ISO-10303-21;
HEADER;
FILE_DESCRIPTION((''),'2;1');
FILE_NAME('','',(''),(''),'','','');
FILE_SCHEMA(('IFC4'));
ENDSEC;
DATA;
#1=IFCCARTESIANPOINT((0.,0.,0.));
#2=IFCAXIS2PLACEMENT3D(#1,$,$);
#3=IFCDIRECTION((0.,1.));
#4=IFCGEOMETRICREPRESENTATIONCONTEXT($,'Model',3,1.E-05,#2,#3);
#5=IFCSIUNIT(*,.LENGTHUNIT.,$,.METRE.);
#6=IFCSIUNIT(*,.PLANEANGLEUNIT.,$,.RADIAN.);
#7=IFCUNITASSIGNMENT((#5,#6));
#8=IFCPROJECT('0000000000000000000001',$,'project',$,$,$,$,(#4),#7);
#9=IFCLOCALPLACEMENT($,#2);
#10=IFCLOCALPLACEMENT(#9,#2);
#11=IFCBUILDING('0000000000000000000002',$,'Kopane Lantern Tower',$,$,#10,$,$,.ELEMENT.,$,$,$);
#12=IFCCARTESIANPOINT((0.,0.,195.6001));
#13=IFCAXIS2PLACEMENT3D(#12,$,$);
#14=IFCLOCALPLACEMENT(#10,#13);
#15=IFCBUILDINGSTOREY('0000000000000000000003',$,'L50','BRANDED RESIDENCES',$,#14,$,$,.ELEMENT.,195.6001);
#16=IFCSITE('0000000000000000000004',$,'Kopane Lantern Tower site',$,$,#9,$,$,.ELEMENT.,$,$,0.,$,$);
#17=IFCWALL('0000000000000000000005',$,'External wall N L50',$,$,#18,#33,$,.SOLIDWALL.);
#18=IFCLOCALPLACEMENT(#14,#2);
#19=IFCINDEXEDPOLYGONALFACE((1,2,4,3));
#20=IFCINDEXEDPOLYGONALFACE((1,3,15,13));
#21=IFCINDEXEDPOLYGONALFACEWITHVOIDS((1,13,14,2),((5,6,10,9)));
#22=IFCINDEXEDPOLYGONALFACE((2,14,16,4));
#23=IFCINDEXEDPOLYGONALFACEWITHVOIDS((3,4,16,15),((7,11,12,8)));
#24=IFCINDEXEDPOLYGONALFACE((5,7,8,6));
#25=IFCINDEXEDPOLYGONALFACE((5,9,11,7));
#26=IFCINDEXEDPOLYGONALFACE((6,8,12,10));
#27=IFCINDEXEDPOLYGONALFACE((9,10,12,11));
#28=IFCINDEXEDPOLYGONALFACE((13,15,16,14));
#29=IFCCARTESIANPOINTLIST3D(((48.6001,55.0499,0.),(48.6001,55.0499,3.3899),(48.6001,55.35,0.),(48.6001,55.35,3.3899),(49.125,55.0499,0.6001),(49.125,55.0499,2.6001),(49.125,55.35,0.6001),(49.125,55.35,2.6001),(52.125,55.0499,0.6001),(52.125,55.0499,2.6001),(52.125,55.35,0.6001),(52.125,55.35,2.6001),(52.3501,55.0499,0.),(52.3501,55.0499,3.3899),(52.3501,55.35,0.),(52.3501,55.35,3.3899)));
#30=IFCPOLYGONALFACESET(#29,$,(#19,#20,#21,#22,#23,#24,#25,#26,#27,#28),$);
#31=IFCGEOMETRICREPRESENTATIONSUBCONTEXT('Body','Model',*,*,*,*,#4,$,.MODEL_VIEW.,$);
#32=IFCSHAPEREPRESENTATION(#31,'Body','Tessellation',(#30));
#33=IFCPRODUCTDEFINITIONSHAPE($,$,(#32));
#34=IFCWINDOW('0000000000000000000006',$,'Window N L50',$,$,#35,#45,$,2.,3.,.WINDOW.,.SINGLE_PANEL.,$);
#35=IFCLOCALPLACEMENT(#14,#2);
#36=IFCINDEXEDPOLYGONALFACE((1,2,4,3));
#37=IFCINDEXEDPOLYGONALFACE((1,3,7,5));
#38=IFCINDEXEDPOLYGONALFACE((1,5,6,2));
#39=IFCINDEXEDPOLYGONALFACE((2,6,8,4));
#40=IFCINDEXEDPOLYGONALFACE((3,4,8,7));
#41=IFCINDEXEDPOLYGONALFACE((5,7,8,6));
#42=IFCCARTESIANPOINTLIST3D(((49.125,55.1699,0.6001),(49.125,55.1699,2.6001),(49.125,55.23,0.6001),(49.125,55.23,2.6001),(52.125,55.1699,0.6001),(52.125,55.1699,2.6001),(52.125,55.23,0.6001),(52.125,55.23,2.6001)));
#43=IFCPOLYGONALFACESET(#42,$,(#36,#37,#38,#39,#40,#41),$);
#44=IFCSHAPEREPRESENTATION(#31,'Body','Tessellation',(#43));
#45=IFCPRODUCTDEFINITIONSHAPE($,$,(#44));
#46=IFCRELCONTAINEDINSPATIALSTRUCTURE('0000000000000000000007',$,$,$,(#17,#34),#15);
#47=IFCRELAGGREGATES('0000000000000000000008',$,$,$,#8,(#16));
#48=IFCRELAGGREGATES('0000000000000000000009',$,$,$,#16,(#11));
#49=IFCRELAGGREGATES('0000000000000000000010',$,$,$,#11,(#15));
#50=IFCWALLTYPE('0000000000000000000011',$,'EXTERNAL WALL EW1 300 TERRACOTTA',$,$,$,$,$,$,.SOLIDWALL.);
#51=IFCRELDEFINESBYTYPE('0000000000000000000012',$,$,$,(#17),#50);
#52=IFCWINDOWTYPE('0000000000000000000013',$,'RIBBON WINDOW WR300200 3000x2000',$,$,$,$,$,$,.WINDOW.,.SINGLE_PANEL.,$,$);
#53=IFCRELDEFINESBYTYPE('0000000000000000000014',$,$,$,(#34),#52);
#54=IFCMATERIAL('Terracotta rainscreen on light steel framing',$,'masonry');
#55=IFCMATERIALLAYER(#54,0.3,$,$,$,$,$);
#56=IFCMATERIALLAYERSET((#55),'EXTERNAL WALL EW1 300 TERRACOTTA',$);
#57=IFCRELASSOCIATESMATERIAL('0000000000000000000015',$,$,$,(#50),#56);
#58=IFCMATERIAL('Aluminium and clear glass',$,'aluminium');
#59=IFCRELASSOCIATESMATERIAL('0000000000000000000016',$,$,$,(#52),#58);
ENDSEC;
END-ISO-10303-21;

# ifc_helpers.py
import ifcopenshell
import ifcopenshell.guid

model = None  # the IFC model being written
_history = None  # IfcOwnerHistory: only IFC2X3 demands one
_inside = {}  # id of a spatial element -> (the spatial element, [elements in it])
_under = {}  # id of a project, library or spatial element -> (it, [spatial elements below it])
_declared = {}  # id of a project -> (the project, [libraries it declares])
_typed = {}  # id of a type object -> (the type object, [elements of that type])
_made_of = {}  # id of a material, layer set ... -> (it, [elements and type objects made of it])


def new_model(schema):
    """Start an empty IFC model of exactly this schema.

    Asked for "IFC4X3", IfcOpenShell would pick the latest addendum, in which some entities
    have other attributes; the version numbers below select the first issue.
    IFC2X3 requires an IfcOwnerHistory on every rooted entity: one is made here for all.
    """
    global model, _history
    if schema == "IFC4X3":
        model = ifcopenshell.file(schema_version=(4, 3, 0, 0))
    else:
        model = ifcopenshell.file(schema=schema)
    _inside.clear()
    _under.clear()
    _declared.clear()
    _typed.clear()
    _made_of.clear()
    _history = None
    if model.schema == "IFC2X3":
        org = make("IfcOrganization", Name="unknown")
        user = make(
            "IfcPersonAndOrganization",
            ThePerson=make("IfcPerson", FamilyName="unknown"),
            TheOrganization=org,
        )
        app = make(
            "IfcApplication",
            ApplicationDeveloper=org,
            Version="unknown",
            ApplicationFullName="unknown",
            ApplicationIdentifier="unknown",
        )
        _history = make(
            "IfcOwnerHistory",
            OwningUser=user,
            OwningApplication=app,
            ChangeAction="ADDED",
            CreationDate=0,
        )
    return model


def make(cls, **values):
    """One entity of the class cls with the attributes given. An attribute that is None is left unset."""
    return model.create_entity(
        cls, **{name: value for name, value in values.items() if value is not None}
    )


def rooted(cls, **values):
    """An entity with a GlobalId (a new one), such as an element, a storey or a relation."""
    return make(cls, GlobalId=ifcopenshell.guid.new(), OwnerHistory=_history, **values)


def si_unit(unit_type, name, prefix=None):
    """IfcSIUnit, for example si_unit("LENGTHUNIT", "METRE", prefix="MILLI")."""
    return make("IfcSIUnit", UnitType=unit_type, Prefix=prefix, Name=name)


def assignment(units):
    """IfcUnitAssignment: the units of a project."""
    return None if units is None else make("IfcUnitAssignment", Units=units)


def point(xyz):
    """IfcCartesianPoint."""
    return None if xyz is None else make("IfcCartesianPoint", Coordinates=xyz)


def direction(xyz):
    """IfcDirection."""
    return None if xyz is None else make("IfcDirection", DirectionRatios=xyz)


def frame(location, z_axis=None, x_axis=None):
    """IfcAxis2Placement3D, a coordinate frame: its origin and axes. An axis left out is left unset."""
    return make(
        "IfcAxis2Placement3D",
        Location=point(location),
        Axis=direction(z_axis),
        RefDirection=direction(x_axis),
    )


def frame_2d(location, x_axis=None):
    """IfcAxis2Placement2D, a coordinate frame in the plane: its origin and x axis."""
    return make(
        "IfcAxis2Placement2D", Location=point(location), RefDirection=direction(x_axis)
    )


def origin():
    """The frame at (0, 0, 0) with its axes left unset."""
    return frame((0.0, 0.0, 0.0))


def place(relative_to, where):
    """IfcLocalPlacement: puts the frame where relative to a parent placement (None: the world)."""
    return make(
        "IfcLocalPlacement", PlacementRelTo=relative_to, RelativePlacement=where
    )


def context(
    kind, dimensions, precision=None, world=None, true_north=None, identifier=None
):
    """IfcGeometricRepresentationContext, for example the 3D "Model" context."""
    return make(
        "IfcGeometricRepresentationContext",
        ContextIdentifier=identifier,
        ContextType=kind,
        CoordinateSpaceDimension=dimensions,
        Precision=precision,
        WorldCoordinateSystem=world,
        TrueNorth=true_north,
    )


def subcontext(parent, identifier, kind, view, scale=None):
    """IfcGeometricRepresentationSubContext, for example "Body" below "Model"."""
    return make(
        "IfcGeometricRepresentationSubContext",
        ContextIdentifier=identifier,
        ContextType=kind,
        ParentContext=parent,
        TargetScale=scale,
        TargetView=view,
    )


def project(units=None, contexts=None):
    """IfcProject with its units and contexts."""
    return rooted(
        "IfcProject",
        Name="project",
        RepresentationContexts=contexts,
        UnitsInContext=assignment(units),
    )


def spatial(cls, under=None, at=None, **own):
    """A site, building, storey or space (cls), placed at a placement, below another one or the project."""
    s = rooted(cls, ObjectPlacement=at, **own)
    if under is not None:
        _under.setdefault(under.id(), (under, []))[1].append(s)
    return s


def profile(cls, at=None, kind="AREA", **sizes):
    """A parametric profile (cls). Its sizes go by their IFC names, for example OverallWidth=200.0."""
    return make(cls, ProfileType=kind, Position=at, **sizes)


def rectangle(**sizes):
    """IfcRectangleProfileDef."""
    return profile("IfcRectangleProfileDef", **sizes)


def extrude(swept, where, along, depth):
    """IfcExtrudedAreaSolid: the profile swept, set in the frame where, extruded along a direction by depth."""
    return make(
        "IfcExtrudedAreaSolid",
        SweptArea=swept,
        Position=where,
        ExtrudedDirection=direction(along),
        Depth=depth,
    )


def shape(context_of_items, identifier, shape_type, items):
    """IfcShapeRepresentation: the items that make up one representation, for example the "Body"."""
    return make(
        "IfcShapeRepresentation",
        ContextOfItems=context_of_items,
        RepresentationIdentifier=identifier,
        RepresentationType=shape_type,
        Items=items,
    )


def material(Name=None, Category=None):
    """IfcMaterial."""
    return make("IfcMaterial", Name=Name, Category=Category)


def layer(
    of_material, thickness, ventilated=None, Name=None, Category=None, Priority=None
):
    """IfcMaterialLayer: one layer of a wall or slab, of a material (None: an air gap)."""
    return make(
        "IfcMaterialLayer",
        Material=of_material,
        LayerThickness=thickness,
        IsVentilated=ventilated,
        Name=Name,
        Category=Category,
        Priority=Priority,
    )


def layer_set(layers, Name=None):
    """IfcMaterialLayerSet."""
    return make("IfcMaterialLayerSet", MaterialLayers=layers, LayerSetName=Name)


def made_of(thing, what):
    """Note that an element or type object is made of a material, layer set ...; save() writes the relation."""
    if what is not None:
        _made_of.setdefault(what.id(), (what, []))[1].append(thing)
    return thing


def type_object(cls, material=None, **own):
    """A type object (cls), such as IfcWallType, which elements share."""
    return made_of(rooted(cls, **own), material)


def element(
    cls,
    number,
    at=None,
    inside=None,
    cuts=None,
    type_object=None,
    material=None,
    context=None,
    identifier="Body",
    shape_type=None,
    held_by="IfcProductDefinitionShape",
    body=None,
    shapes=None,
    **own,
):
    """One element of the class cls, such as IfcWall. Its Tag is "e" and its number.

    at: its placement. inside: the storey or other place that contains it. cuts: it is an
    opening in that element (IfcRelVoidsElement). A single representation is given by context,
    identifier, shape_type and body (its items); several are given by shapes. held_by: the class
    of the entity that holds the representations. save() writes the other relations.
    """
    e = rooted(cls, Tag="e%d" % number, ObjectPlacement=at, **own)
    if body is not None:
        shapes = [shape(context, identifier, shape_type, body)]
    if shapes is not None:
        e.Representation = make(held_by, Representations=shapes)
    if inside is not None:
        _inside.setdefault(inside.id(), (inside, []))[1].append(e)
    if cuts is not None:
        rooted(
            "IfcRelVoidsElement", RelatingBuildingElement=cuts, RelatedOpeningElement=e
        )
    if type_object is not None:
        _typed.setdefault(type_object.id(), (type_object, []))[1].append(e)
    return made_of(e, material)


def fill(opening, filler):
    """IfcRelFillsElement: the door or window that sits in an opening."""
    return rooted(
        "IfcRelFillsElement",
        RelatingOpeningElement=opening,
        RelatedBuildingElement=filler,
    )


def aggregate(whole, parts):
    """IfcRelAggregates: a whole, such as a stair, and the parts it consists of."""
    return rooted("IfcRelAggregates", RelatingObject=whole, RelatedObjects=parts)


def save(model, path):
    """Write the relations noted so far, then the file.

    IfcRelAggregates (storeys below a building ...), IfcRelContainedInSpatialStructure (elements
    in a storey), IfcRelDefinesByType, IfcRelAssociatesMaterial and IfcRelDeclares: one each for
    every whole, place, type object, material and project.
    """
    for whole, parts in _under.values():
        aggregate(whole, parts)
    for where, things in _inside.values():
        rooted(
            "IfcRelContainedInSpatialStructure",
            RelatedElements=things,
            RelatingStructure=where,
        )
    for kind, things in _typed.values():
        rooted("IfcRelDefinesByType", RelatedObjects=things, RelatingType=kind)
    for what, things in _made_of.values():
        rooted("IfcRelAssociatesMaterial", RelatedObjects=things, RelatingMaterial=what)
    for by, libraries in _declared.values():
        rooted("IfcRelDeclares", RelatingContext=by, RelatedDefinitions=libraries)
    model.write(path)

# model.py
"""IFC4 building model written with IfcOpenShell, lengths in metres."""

from ifc_helpers import new_model, si_unit, direction, frame, frame_2d, origin, place, context, subcontext, project, spatial, rectangle, extrude, material, layer, layer_set, type_object, element, fill, save


model = new_model("IFC4")

# Units and contexts
model_context = context("Model", 3, precision=1e-05, world=origin(), true_north=direction((0.0, 1.0)))
body_context = subcontext(model_context, "Body", "Model", "MODEL_VIEW")
ifc_project = project(units=[si_unit("LENGTHUNIT", "METRE"), si_unit("PLANEANGLEUNIT", "RADIAN")], contexts=[model_context])

# Site, building, storey
site_placement = place(None, origin())
site = spatial("IfcSite", under=ifc_project, at=site_placement, Name="Kopane Lantern Tower site", CompositionType="ELEMENT", RefElevation=0.0)
building_placement = place(site_placement, origin())
building = spatial("IfcBuilding", under=site, at=building_placement, Name="Kopane Lantern Tower", CompositionType="ELEMENT")
storey_placement = place(building_placement, frame((0.0, 0.0, 195.6001)))
storey = spatial("IfcBuildingStorey", under=building, at=storey_placement, Name="L50", Description="BRANDED RESIDENCES", CompositionType="ELEMENT", Elevation=195.6001)

# Wall, opening, window
ifc_material_1 = material(Name="Terracotta rainscreen on light steel framing", Category="masonry")
ifc_layer_1 = layer(ifc_material_1, 0.3)
ifc_layer_set_1 = layer_set([ifc_layer_1], Name="EXTERNAL WALL EW1 300 TERRACOTTA")
wall_type_1 = type_object("IfcWallType", Name="EXTERNAL WALL EW1 300 TERRACOTTA", PredefinedType="SOLIDWALL", material=ifc_layer_set_1)
ifc_material_2 = material(Name="Aluminium and clear glass", Category="aluminium")
window_type = type_object("IfcWindowType", Name="RIBBON WINDOW WR300200 3000x2000", PartitioningType="SINGLE_PANEL", PredefinedType="WINDOW", material=ifc_material_2)
wall_1_placement = place(storey_placement, frame((52.3501, 55.2, 0.0), z_axis=(0.0, 0.0, 1.0), x_axis=(-1.0, 0.0, 0.0)))
wall_1 = element("IfcWall", 1, at=wall_1_placement, inside=storey, type_object=wall_type_1, Name="External wall N L50", PredefinedType="SOLIDWALL", context=body_context, shape_type="SweptSolid", body=[
    extrude(rectangle(XDim=3.75, YDim=0.3, at=frame_2d((1.875, 0.0))), origin(), (0.0, 0.0, 1.0), 3.3899),
])
opening_1_placement = place(wall_1_placement, frame((0.2251, 0.0, 0.6001)))
opening_1 = element("IfcOpeningElement", 2, at=opening_1_placement, cuts=wall_1, PredefinedType="OPENING", context=body_context, shape_type="SweptSolid", body=[
    extrude(rectangle(XDim=3.0, YDim=2.0, at=frame_2d((1.5, 1.0))), frame((0.0, 0.1599, 0.0), z_axis=(0.0, -1.0, 0.0), x_axis=(1.0, 0.0, 0.0)), (0.0, 0.0, 1.0), 0.3201),
])
window_1_placement = place(opening_1_placement, origin())
window_1 = element("IfcWindow", 3, at=window_1_placement, inside=storey, type_object=window_type, Name="Window N L50", OverallHeight=2.0, OverallWidth=3.0, PartitioningType="SINGLE_PANEL", PredefinedType="WINDOW", context=body_context, shape_type="SweptSolid", body=[
    extrude(rectangle(XDim=3.0, YDim=2.0, at=frame_2d((1.5, 1.0))), frame((0.0, 0.03, 0.0), z_axis=(0.0, -1.0, 0.0), x_axis=(1.0, 0.0, 0.0)), (0.0, 0.0, 1.0), 0.0601),
])
fill(opening_1, window_1)

save(model, "model.ifc")
